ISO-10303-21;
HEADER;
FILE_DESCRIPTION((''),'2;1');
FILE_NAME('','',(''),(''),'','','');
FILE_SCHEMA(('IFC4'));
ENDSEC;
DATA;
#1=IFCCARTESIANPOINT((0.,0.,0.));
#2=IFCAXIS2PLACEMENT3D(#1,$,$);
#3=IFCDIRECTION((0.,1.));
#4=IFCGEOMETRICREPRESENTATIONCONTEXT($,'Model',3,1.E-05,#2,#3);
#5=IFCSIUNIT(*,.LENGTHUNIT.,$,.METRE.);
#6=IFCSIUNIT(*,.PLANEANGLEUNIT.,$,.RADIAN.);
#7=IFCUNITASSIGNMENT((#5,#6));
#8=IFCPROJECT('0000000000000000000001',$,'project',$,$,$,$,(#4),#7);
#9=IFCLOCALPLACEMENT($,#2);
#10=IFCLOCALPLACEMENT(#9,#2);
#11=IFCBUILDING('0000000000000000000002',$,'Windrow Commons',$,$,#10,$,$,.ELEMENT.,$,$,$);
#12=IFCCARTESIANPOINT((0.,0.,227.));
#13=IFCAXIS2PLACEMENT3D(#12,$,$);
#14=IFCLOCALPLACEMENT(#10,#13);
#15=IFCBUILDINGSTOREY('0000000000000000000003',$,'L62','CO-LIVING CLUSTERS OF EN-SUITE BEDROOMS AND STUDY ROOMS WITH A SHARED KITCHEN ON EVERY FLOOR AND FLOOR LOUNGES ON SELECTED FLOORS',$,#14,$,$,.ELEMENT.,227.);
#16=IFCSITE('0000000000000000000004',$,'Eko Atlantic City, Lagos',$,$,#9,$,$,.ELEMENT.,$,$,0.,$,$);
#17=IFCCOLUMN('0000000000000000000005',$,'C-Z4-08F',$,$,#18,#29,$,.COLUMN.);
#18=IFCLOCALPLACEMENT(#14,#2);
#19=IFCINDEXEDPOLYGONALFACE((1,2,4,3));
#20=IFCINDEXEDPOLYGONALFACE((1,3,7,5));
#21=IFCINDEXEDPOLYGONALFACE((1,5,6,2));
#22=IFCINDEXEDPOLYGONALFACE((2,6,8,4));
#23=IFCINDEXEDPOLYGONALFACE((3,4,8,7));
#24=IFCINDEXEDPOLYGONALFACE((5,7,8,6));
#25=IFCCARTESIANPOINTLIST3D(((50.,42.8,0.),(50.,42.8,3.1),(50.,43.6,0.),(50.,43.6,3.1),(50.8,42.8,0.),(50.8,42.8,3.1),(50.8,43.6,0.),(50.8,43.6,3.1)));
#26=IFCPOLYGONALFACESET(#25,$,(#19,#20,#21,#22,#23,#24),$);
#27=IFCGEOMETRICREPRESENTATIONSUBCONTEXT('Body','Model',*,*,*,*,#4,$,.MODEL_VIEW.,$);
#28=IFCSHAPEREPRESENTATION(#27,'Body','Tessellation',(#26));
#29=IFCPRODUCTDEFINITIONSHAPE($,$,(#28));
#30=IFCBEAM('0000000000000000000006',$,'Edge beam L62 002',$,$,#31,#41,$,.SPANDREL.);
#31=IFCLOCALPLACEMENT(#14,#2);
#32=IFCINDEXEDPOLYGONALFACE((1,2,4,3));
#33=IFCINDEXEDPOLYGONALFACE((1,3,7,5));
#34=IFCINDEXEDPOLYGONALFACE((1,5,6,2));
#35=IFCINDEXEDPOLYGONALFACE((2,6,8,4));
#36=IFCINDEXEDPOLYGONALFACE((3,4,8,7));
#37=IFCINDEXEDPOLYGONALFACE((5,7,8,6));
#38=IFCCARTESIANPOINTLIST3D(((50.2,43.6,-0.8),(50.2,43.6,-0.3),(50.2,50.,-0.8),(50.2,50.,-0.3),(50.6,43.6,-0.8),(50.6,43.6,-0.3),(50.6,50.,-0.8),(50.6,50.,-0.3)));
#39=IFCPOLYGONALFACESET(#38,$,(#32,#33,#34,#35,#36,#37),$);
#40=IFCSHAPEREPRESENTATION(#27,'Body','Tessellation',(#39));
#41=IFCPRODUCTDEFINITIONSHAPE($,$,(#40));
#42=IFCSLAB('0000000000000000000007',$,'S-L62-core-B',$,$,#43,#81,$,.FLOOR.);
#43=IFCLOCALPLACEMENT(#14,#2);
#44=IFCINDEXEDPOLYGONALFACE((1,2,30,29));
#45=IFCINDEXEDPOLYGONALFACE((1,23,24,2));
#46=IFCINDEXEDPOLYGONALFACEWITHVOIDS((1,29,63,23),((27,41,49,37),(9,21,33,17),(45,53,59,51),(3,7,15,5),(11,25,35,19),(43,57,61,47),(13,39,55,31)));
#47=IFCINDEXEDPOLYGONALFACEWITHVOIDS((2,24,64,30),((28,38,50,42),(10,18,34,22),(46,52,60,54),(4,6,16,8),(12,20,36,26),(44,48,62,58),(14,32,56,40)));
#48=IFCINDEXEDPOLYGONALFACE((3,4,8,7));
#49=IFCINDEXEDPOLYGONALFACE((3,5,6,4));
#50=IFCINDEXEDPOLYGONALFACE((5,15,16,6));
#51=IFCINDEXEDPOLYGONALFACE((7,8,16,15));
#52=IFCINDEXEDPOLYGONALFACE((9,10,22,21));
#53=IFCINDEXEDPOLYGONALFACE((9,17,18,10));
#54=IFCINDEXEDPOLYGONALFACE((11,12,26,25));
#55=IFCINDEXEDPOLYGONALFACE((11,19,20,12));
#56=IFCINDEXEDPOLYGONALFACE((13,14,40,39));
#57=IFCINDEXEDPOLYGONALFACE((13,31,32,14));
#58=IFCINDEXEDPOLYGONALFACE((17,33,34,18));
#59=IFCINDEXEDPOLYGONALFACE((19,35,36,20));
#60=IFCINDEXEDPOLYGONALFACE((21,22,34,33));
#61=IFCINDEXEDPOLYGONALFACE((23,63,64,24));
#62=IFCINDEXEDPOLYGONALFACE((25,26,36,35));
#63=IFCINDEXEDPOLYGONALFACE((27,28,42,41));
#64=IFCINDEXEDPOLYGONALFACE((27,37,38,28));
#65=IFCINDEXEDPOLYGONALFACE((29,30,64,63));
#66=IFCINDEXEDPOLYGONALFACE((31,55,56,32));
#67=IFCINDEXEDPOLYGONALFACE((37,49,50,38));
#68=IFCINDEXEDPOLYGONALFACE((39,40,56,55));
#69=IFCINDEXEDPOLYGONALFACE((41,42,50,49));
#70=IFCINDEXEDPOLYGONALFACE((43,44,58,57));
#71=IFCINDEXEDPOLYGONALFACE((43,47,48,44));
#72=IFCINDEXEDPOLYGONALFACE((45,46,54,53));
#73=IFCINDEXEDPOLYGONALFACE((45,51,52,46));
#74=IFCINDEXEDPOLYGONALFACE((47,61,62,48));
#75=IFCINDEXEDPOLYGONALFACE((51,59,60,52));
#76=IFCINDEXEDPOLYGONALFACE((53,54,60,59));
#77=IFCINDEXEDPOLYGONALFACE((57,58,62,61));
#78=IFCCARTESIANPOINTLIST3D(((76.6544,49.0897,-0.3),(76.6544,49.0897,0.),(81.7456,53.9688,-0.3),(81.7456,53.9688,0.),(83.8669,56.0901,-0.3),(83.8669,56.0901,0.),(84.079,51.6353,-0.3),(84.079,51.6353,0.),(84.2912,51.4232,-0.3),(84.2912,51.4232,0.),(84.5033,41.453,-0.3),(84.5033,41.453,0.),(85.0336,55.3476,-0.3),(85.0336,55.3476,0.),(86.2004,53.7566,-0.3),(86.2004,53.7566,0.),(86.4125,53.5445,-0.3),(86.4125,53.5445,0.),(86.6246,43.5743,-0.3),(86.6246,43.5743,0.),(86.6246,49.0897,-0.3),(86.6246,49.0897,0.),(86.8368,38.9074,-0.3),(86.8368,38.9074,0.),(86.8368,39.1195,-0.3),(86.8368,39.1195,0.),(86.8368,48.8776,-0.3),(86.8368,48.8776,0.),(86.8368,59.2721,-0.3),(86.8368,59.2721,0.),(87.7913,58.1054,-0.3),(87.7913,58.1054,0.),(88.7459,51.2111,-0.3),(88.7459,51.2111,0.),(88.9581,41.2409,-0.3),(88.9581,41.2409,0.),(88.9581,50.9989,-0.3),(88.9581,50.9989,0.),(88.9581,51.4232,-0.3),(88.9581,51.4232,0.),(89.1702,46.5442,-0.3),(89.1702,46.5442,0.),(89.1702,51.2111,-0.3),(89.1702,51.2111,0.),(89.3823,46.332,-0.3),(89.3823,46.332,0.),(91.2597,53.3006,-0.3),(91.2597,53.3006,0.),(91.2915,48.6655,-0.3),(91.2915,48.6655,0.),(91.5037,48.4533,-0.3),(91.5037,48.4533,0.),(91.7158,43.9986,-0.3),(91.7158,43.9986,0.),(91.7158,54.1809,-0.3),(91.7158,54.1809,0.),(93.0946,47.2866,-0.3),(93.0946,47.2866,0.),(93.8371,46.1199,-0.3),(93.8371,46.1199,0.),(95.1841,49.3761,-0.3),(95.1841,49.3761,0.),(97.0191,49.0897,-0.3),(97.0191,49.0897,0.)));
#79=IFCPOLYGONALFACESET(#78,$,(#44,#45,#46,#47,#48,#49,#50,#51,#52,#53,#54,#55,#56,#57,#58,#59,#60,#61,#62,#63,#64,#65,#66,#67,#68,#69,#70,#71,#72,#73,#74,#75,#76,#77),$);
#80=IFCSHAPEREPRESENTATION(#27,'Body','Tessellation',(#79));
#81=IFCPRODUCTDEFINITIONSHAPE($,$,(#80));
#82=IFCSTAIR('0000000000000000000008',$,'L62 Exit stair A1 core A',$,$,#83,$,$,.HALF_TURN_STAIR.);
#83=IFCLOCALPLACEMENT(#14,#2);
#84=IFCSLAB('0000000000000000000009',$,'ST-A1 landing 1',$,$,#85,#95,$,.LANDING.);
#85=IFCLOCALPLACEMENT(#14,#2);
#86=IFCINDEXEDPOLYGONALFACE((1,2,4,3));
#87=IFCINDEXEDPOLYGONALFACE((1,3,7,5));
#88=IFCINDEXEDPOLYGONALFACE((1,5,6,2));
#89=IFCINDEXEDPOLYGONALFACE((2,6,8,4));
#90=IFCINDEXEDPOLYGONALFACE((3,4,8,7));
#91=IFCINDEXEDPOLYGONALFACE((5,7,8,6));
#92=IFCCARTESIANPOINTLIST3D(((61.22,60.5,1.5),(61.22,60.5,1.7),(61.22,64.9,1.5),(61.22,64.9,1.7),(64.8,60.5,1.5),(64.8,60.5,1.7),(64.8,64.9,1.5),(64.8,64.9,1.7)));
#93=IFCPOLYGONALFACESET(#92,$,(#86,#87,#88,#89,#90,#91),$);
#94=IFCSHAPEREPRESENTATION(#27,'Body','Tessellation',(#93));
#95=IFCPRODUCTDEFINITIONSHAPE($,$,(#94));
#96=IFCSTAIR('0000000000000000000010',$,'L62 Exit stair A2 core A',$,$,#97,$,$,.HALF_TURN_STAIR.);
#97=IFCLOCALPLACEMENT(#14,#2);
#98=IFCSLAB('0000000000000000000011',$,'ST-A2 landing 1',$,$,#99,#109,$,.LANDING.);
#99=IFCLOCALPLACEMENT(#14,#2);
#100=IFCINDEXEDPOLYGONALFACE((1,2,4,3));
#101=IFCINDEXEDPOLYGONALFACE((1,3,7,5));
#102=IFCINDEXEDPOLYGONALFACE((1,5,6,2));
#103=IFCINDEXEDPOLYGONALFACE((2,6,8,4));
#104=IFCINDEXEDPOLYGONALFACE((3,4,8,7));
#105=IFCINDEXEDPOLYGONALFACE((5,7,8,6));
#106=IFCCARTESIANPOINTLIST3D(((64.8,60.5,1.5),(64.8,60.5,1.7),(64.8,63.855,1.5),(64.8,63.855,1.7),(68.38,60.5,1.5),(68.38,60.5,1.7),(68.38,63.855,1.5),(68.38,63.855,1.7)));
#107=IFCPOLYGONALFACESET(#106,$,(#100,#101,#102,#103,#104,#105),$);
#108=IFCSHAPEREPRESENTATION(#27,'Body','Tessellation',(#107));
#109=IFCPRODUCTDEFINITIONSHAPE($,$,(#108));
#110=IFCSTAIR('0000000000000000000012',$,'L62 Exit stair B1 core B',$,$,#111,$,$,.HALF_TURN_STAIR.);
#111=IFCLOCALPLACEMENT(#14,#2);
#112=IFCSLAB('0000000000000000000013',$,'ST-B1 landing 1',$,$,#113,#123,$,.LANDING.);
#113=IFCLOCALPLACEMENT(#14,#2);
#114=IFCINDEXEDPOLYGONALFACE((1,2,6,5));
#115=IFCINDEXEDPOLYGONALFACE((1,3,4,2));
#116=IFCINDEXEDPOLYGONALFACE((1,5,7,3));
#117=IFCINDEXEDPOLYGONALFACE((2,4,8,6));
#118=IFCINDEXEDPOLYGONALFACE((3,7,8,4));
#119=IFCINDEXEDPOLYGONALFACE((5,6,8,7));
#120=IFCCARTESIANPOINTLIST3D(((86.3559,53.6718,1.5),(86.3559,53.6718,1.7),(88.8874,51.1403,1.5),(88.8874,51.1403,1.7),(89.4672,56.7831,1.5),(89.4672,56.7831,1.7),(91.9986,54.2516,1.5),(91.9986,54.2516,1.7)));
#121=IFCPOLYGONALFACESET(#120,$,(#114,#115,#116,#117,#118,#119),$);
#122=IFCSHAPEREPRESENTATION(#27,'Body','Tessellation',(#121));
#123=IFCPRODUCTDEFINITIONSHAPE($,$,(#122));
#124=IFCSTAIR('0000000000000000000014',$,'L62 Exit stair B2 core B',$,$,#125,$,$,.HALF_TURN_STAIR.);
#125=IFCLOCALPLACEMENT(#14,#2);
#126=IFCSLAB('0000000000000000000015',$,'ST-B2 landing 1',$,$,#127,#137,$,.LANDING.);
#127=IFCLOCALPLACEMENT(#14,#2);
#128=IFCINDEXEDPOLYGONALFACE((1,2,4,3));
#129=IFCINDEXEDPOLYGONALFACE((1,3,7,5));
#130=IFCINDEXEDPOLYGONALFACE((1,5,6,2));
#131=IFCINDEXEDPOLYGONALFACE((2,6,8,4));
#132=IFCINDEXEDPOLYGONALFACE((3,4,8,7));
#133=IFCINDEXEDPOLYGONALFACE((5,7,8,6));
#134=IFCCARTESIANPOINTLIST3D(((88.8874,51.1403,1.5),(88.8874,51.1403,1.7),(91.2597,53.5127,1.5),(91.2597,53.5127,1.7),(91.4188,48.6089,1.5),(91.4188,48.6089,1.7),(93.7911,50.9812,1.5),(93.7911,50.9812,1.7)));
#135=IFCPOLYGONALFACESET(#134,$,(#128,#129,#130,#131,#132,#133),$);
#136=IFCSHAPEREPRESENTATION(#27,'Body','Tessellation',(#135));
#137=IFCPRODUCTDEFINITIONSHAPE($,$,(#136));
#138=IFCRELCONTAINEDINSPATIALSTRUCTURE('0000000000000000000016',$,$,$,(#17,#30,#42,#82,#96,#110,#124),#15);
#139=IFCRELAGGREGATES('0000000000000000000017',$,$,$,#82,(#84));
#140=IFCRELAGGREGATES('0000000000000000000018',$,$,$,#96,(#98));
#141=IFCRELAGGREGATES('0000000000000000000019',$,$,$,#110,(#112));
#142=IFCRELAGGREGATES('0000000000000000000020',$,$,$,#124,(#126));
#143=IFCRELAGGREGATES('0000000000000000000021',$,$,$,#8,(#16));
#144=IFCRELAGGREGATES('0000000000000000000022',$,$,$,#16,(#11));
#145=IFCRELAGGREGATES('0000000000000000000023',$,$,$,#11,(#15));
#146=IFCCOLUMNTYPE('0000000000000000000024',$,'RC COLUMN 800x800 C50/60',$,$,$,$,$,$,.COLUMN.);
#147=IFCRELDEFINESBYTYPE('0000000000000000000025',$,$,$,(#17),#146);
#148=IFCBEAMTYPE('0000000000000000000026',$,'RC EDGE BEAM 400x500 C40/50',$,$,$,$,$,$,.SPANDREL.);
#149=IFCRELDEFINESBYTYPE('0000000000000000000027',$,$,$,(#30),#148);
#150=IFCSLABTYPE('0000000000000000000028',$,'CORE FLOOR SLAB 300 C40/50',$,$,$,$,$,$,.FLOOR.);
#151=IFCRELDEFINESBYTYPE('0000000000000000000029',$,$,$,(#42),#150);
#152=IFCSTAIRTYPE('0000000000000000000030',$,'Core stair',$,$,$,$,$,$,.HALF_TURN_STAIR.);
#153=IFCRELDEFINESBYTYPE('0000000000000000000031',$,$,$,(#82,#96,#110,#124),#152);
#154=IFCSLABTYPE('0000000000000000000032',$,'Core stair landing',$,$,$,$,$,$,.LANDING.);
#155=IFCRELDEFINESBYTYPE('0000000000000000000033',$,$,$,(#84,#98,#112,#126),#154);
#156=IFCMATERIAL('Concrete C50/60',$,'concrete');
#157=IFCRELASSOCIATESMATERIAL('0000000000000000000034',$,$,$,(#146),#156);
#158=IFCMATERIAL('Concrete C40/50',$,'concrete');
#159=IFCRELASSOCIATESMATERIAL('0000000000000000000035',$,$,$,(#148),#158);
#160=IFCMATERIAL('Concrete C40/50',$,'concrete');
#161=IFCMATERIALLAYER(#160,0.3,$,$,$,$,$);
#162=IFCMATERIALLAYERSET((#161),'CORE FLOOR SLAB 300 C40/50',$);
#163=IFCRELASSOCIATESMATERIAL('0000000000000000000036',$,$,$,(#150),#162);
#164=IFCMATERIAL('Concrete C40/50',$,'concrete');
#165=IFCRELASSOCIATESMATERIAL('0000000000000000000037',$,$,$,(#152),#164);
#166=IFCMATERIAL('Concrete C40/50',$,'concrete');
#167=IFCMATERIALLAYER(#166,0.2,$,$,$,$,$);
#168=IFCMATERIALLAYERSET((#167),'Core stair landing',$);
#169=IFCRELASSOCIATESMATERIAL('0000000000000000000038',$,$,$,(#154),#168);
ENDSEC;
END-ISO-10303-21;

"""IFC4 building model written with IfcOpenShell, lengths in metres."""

from ifc_helpers import new_model, si_unit, direction, frame, origin, origin_2d, place, context, subcontext, project, spatial, polyline, rectangle, outline, extrude, material, layer, layer_set, material_profile, profile_set, type_object, element, aggregate, save


model = new_model("IFC4")

# Units and contexts
model_context = context("Model", 3, precision=1e-05, world=origin(), true_north=direction((0.0, 1.0)))
body_context = subcontext(model_context, "Body", "Model", "MODEL_VIEW")
ifc_project = project(units=[si_unit("LENGTHUNIT", "METRE"), si_unit("PLANEANGLEUNIT", "RADIAN")], contexts=[model_context])

# Site, building, storey
site_placement = place(None, origin())
site = spatial("IfcSite", under=ifc_project, at=site_placement, Name="Eko Atlantic City, Lagos", CompositionType="ELEMENT", RefElevation=0.0)
building_placement = place(site_placement, origin())
building = spatial("IfcBuilding", under=site, at=building_placement, Name="Windrow Commons", CompositionType="ELEMENT")
storey_placement = place(building_placement, frame((0.0, 0.0, 227.0)))
storey = spatial("IfcBuildingStorey", under=building, at=storey_placement, Name="L62", Description="CO-LIVING CLUSTERS OF EN-SUITE BEDROOMS AND STUDY ROOMS WITH A SHARED KITCHEN ON EVERY FLOOR AND FLOOR LOUNGES ON SELECTED FLOORS", CompositionType="ELEMENT", Elevation=227.0)

# Column
ifc_material_1 = material(Name="Concrete C50/60", Category="concrete")
ifc_material_profile_1 = material_profile(ifc_material_1, rectangle(XDim=0.8, YDim=0.8, at=origin_2d()))
ifc_profile_set_1 = profile_set([ifc_material_profile_1], Name="Concrete C50/60")
column_type = type_object("IfcColumnType", Name="RC COLUMN 800x800 C50/60", PredefinedType="COLUMN", material=ifc_profile_set_1)
column_placement = place(storey_placement, frame((50.4, 43.2, 0.0), z_axis=(0.0, 0.0, 1.0), x_axis=(1.0, 0.0, 0.0)))
element("IfcColumn", 1, at=column_placement, inside=storey, type_object=column_type, Name="C-Z4-08F", PredefinedType="COLUMN", context=body_context, shape_type="SweptSolid", body=[
    extrude(rectangle(XDim=0.8, YDim=0.8, at=origin_2d()), origin(), (0.0, 0.0, 1.0), 3.1),
])

# Beam
ifc_material_2 = material(Name="Concrete C40/50", Category="concrete")
ifc_material_profile_2 = material_profile(ifc_material_2, rectangle(XDim=0.4, YDim=0.5, at=origin_2d()))
ifc_profile_set_2 = profile_set([ifc_material_profile_2], Name="Concrete C40/50")
beam_type = type_object("IfcBeamType", Name="RC EDGE BEAM 400x500 C40/50", PredefinedType="SPANDREL", material=ifc_profile_set_2)
beam_placement = place(storey_placement, frame((50.4, 43.6, -0.55), z_axis=(0.0, 1.0, 0.0), x_axis=(-1.0, 0.0, 0.0)))
element("IfcBeam", 2, at=beam_placement, inside=storey, type_object=beam_type, Name="Edge beam L62 002", PredefinedType="SPANDREL", context=body_context, shape_type="SweptSolid", body=[
    extrude(rectangle(XDim=0.4, YDim=0.5, at=origin_2d()), origin(), (0.0, 0.0, 1.0), 6.4),
])

# Slab, openings
ifc_material_3 = material(Name="Concrete C40/50", Category="concrete")
ifc_layer_1 = layer(ifc_material_3, 0.3)
ifc_layer_set_1 = layer_set([ifc_layer_1], Name="CORE FLOOR SLAB 300 C40/50")
slab_type_1 = type_object("IfcSlabType", Name="CORE FLOOR SLAB 300 C40/50", PredefinedType="FLOOR", material=ifc_layer_set_1)
placement_1 = place(storey_placement, frame((0.0, 0.0, -0.3)))
slab_1 = element("IfcSlab", 3, at=placement_1, inside=storey, type_object=slab_type_1, Name="S-L62-core-B", PredefinedType="FLOOR", context=body_context, shape_type="SweptSolid", body=[
    extrude(outline(polyline([(76.6544, 49.0897), (86.8368, 38.9074), (97.0191, 49.0897), (86.8368, 59.2721), (76.6544, 49.0897)]), holes=[polyline([(84.5033, 41.453), (86.8368, 39.1195), (88.9581, 41.2409), (86.6246, 43.5743), (84.5033, 41.453)]), polyline([(81.7456, 53.9688), (84.079, 51.6353), (86.2004, 53.7566), (83.8669, 56.0901), (81.7456, 53.9688)]), polyline([(84.2912, 51.4232), (86.6246, 49.0897), (88.7459, 51.2111), (86.4125, 53.5445), (84.2912, 51.4232)]), polyline([(86.8368, 48.8776), (89.1702, 46.5442), (91.2915, 48.6655), (88.9581, 50.9989), (86.8368, 48.8776)]), polyline([(89.3823, 46.332), (91.7158, 43.9986), (93.8371, 46.1199), (91.5037, 48.4533), (89.3823, 46.332)]), polyline([(85.0336, 55.3476), (88.9581, 51.4232), (91.7158, 54.1809), (87.7913, 58.1054), (85.0336, 55.3476)]), polyline([(89.1702, 51.2111), (93.0946, 47.2866), (95.1841, 49.3761), (91.2597, 53.3006), (89.1702, 51.2111)])]), origin(), (0.0, 0.0, 1.0), 0.3),
])
opening_1_placement = place(placement_1, origin())
element("IfcOpeningElement", 4, at=opening_1_placement, cuts=slab_1, PredefinedType="OPENING", context=body_context, shape_type="SweptSolid", body=[
    extrude(outline(polyline([(84.5104, 41.453), (86.6246, 43.5672), (88.951, 41.2409), (86.8368, 39.1266), (84.5104, 41.453)])), origin(), (0.0, 0.0, 1.0), 0.3),
])
opening_2_placement = place(placement_1, origin())
element("IfcOpeningElement", 5, at=opening_2_placement, cuts=slab_1, PredefinedType="OPENING", context=body_context, shape_type="SweptSolid", body=[
    extrude(outline(polyline([(81.7527, 53.9688), (83.8669, 56.083), (86.1933, 53.7566), (84.079, 51.6424), (81.7527, 53.9688)])), origin(), (0.0, 0.0, 1.0), 0.3),
])
opening_3_placement = place(placement_1, origin())
element("IfcOpeningElement", 6, at=opening_3_placement, cuts=slab_1, PredefinedType="OPENING", context=body_context, shape_type="SweptSolid", body=[
    extrude(outline(polyline([(84.2983, 51.4232), (86.4125, 53.5374), (88.7388, 51.2111), (86.6246, 49.0968), (84.2983, 51.4232)])), origin(), (0.0, 0.0, 1.0), 0.3),
])
opening_4_placement = place(placement_1, origin())
element("IfcOpeningElement", 7, at=opening_4_placement, cuts=slab_1, PredefinedType="OPENING", context=body_context, shape_type="SweptSolid", body=[
    extrude(outline(polyline([(86.8439, 48.8776), (88.9581, 50.9918), (91.2844, 48.6655), (89.1702, 46.5513), (86.8439, 48.8776)])), origin(), (0.0, 0.0, 1.0), 0.3),
])
opening_5_placement = place(placement_1, origin())
element("IfcOpeningElement", 8, at=opening_5_placement, cuts=slab_1, PredefinedType="OPENING", context=body_context, shape_type="SweptSolid", body=[
    extrude(outline(polyline([(89.3894, 46.332), (91.5037, 48.4462), (93.83, 46.1199), (91.7158, 44.0057), (89.3894, 46.332)])), origin(), (0.0, 0.0, 1.0), 0.3),
])
opening_6_placement = place(placement_1, origin())
element("IfcOpeningElement", 9, at=opening_6_placement, cuts=slab_1, PredefinedType="OPENING", context=body_context, shape_type="SweptSolid", body=[
    extrude(outline(polyline([(85.0407, 55.3476), (87.7913, 58.0983), (91.7087, 54.1809), (88.9581, 51.4303), (85.0407, 55.3476)])), origin(), (0.0, 0.0, 1.0), 0.3),
])
opening_7_placement = place(placement_1, origin())
element("IfcOpeningElement", 10, at=opening_7_placement, cuts=slab_1, PredefinedType="OPENING", context=body_context, shape_type="SweptSolid", body=[
    extrude(outline(polyline([(89.1773, 51.2111), (91.2597, 53.2935), (95.177, 49.3761), (93.0946, 47.2937), (89.1773, 51.2111)])), origin(), (0.0, 0.0, 1.0), 0.3),
])

# Stairs, slabs
ifc_material_4 = material(Name="Concrete C40/50", Category="concrete")
stair_type = type_object("IfcStairType", Name="Core stair", PredefinedType="HALF_TURN_STAIR", material=ifc_material_4)
placement_2 = place(storey_placement, origin())
stair_1 = element("IfcStair", 11, at=placement_2, inside=storey, type_object=stair_type, Name="L62 Exit stair A1 core A", PredefinedType="HALF_TURN_STAIR")
ifc_material_5 = material(Name="Concrete C40/50", Category="concrete")
ifc_layer_2 = layer(ifc_material_5, 0.2)
ifc_layer_set_2 = layer_set([ifc_layer_2], Name="Core stair landing")
slab_type_2 = type_object("IfcSlabType", Name="Core stair landing", PredefinedType="LANDING", material=ifc_layer_set_2)
placement_3 = place(storey_placement, frame((0.0, 0.0, 1.5)))
slab_2 = element("IfcSlab", 12, at=placement_3, type_object=slab_type_2, Name="ST-A1 landing 1", PredefinedType="LANDING", context=body_context, shape_type="SweptSolid", body=[
    extrude(outline(polyline([(61.22, 60.5), (64.8, 60.5), (64.8, 64.9), (61.22, 64.9), (61.22, 60.5)])), origin(), (0.0, 0.0, 1.0), 0.2),
])
aggregate(stair_1, [slab_2])
stair_2 = element("IfcStair", 13, at=placement_2, inside=storey, type_object=stair_type, Name="L62 Exit stair A2 core A", PredefinedType="HALF_TURN_STAIR")
slab_3 = element("IfcSlab", 14, at=placement_3, type_object=slab_type_2, Name="ST-A2 landing 1", PredefinedType="LANDING", context=body_context, shape_type="SweptSolid", body=[
    extrude(outline(polyline([(64.8, 60.5), (68.38, 60.5), (68.38, 63.855), (64.8, 63.855), (64.8, 60.5)])), origin(), (0.0, 0.0, 1.0), 0.2),
])
aggregate(stair_2, [slab_3])
stair_3 = element("IfcStair", 15, at=placement_2, inside=storey, type_object=stair_type, Name="L62 Exit stair B1 core B", PredefinedType="HALF_TURN_STAIR")
slab_4 = element("IfcSlab", 16, at=placement_3, type_object=slab_type_2, Name="ST-B1 landing 1", PredefinedType="LANDING", context=body_context, shape_type="SweptSolid", body=[
    extrude(outline(polyline([(86.3559, 53.6718), (88.8874, 51.1403), (91.9986, 54.2516), (89.4672, 56.7831), (86.3559, 53.6718)])), origin(), (0.0, 0.0, 1.0), 0.2),
])
aggregate(stair_3, [slab_4])
stair_4 = element("IfcStair", 17, at=placement_2, inside=storey, type_object=stair_type, Name="L62 Exit stair B2 core B", PredefinedType="HALF_TURN_STAIR")
slab_5 = element("IfcSlab", 18, at=placement_3, type_object=slab_type_2, Name="ST-B2 landing 1", PredefinedType="LANDING", context=body_context, shape_type="SweptSolid", body=[
    extrude(outline(polyline([(88.8874, 51.1403), (91.4188, 48.6089), (93.7911, 50.9812), (91.2597, 53.5127), (88.8874, 51.1403)])), origin(), (0.0, 0.0, 1.0), 0.2),
])
aggregate(stair_4, [slab_5])

save(model, "model.ifc")
